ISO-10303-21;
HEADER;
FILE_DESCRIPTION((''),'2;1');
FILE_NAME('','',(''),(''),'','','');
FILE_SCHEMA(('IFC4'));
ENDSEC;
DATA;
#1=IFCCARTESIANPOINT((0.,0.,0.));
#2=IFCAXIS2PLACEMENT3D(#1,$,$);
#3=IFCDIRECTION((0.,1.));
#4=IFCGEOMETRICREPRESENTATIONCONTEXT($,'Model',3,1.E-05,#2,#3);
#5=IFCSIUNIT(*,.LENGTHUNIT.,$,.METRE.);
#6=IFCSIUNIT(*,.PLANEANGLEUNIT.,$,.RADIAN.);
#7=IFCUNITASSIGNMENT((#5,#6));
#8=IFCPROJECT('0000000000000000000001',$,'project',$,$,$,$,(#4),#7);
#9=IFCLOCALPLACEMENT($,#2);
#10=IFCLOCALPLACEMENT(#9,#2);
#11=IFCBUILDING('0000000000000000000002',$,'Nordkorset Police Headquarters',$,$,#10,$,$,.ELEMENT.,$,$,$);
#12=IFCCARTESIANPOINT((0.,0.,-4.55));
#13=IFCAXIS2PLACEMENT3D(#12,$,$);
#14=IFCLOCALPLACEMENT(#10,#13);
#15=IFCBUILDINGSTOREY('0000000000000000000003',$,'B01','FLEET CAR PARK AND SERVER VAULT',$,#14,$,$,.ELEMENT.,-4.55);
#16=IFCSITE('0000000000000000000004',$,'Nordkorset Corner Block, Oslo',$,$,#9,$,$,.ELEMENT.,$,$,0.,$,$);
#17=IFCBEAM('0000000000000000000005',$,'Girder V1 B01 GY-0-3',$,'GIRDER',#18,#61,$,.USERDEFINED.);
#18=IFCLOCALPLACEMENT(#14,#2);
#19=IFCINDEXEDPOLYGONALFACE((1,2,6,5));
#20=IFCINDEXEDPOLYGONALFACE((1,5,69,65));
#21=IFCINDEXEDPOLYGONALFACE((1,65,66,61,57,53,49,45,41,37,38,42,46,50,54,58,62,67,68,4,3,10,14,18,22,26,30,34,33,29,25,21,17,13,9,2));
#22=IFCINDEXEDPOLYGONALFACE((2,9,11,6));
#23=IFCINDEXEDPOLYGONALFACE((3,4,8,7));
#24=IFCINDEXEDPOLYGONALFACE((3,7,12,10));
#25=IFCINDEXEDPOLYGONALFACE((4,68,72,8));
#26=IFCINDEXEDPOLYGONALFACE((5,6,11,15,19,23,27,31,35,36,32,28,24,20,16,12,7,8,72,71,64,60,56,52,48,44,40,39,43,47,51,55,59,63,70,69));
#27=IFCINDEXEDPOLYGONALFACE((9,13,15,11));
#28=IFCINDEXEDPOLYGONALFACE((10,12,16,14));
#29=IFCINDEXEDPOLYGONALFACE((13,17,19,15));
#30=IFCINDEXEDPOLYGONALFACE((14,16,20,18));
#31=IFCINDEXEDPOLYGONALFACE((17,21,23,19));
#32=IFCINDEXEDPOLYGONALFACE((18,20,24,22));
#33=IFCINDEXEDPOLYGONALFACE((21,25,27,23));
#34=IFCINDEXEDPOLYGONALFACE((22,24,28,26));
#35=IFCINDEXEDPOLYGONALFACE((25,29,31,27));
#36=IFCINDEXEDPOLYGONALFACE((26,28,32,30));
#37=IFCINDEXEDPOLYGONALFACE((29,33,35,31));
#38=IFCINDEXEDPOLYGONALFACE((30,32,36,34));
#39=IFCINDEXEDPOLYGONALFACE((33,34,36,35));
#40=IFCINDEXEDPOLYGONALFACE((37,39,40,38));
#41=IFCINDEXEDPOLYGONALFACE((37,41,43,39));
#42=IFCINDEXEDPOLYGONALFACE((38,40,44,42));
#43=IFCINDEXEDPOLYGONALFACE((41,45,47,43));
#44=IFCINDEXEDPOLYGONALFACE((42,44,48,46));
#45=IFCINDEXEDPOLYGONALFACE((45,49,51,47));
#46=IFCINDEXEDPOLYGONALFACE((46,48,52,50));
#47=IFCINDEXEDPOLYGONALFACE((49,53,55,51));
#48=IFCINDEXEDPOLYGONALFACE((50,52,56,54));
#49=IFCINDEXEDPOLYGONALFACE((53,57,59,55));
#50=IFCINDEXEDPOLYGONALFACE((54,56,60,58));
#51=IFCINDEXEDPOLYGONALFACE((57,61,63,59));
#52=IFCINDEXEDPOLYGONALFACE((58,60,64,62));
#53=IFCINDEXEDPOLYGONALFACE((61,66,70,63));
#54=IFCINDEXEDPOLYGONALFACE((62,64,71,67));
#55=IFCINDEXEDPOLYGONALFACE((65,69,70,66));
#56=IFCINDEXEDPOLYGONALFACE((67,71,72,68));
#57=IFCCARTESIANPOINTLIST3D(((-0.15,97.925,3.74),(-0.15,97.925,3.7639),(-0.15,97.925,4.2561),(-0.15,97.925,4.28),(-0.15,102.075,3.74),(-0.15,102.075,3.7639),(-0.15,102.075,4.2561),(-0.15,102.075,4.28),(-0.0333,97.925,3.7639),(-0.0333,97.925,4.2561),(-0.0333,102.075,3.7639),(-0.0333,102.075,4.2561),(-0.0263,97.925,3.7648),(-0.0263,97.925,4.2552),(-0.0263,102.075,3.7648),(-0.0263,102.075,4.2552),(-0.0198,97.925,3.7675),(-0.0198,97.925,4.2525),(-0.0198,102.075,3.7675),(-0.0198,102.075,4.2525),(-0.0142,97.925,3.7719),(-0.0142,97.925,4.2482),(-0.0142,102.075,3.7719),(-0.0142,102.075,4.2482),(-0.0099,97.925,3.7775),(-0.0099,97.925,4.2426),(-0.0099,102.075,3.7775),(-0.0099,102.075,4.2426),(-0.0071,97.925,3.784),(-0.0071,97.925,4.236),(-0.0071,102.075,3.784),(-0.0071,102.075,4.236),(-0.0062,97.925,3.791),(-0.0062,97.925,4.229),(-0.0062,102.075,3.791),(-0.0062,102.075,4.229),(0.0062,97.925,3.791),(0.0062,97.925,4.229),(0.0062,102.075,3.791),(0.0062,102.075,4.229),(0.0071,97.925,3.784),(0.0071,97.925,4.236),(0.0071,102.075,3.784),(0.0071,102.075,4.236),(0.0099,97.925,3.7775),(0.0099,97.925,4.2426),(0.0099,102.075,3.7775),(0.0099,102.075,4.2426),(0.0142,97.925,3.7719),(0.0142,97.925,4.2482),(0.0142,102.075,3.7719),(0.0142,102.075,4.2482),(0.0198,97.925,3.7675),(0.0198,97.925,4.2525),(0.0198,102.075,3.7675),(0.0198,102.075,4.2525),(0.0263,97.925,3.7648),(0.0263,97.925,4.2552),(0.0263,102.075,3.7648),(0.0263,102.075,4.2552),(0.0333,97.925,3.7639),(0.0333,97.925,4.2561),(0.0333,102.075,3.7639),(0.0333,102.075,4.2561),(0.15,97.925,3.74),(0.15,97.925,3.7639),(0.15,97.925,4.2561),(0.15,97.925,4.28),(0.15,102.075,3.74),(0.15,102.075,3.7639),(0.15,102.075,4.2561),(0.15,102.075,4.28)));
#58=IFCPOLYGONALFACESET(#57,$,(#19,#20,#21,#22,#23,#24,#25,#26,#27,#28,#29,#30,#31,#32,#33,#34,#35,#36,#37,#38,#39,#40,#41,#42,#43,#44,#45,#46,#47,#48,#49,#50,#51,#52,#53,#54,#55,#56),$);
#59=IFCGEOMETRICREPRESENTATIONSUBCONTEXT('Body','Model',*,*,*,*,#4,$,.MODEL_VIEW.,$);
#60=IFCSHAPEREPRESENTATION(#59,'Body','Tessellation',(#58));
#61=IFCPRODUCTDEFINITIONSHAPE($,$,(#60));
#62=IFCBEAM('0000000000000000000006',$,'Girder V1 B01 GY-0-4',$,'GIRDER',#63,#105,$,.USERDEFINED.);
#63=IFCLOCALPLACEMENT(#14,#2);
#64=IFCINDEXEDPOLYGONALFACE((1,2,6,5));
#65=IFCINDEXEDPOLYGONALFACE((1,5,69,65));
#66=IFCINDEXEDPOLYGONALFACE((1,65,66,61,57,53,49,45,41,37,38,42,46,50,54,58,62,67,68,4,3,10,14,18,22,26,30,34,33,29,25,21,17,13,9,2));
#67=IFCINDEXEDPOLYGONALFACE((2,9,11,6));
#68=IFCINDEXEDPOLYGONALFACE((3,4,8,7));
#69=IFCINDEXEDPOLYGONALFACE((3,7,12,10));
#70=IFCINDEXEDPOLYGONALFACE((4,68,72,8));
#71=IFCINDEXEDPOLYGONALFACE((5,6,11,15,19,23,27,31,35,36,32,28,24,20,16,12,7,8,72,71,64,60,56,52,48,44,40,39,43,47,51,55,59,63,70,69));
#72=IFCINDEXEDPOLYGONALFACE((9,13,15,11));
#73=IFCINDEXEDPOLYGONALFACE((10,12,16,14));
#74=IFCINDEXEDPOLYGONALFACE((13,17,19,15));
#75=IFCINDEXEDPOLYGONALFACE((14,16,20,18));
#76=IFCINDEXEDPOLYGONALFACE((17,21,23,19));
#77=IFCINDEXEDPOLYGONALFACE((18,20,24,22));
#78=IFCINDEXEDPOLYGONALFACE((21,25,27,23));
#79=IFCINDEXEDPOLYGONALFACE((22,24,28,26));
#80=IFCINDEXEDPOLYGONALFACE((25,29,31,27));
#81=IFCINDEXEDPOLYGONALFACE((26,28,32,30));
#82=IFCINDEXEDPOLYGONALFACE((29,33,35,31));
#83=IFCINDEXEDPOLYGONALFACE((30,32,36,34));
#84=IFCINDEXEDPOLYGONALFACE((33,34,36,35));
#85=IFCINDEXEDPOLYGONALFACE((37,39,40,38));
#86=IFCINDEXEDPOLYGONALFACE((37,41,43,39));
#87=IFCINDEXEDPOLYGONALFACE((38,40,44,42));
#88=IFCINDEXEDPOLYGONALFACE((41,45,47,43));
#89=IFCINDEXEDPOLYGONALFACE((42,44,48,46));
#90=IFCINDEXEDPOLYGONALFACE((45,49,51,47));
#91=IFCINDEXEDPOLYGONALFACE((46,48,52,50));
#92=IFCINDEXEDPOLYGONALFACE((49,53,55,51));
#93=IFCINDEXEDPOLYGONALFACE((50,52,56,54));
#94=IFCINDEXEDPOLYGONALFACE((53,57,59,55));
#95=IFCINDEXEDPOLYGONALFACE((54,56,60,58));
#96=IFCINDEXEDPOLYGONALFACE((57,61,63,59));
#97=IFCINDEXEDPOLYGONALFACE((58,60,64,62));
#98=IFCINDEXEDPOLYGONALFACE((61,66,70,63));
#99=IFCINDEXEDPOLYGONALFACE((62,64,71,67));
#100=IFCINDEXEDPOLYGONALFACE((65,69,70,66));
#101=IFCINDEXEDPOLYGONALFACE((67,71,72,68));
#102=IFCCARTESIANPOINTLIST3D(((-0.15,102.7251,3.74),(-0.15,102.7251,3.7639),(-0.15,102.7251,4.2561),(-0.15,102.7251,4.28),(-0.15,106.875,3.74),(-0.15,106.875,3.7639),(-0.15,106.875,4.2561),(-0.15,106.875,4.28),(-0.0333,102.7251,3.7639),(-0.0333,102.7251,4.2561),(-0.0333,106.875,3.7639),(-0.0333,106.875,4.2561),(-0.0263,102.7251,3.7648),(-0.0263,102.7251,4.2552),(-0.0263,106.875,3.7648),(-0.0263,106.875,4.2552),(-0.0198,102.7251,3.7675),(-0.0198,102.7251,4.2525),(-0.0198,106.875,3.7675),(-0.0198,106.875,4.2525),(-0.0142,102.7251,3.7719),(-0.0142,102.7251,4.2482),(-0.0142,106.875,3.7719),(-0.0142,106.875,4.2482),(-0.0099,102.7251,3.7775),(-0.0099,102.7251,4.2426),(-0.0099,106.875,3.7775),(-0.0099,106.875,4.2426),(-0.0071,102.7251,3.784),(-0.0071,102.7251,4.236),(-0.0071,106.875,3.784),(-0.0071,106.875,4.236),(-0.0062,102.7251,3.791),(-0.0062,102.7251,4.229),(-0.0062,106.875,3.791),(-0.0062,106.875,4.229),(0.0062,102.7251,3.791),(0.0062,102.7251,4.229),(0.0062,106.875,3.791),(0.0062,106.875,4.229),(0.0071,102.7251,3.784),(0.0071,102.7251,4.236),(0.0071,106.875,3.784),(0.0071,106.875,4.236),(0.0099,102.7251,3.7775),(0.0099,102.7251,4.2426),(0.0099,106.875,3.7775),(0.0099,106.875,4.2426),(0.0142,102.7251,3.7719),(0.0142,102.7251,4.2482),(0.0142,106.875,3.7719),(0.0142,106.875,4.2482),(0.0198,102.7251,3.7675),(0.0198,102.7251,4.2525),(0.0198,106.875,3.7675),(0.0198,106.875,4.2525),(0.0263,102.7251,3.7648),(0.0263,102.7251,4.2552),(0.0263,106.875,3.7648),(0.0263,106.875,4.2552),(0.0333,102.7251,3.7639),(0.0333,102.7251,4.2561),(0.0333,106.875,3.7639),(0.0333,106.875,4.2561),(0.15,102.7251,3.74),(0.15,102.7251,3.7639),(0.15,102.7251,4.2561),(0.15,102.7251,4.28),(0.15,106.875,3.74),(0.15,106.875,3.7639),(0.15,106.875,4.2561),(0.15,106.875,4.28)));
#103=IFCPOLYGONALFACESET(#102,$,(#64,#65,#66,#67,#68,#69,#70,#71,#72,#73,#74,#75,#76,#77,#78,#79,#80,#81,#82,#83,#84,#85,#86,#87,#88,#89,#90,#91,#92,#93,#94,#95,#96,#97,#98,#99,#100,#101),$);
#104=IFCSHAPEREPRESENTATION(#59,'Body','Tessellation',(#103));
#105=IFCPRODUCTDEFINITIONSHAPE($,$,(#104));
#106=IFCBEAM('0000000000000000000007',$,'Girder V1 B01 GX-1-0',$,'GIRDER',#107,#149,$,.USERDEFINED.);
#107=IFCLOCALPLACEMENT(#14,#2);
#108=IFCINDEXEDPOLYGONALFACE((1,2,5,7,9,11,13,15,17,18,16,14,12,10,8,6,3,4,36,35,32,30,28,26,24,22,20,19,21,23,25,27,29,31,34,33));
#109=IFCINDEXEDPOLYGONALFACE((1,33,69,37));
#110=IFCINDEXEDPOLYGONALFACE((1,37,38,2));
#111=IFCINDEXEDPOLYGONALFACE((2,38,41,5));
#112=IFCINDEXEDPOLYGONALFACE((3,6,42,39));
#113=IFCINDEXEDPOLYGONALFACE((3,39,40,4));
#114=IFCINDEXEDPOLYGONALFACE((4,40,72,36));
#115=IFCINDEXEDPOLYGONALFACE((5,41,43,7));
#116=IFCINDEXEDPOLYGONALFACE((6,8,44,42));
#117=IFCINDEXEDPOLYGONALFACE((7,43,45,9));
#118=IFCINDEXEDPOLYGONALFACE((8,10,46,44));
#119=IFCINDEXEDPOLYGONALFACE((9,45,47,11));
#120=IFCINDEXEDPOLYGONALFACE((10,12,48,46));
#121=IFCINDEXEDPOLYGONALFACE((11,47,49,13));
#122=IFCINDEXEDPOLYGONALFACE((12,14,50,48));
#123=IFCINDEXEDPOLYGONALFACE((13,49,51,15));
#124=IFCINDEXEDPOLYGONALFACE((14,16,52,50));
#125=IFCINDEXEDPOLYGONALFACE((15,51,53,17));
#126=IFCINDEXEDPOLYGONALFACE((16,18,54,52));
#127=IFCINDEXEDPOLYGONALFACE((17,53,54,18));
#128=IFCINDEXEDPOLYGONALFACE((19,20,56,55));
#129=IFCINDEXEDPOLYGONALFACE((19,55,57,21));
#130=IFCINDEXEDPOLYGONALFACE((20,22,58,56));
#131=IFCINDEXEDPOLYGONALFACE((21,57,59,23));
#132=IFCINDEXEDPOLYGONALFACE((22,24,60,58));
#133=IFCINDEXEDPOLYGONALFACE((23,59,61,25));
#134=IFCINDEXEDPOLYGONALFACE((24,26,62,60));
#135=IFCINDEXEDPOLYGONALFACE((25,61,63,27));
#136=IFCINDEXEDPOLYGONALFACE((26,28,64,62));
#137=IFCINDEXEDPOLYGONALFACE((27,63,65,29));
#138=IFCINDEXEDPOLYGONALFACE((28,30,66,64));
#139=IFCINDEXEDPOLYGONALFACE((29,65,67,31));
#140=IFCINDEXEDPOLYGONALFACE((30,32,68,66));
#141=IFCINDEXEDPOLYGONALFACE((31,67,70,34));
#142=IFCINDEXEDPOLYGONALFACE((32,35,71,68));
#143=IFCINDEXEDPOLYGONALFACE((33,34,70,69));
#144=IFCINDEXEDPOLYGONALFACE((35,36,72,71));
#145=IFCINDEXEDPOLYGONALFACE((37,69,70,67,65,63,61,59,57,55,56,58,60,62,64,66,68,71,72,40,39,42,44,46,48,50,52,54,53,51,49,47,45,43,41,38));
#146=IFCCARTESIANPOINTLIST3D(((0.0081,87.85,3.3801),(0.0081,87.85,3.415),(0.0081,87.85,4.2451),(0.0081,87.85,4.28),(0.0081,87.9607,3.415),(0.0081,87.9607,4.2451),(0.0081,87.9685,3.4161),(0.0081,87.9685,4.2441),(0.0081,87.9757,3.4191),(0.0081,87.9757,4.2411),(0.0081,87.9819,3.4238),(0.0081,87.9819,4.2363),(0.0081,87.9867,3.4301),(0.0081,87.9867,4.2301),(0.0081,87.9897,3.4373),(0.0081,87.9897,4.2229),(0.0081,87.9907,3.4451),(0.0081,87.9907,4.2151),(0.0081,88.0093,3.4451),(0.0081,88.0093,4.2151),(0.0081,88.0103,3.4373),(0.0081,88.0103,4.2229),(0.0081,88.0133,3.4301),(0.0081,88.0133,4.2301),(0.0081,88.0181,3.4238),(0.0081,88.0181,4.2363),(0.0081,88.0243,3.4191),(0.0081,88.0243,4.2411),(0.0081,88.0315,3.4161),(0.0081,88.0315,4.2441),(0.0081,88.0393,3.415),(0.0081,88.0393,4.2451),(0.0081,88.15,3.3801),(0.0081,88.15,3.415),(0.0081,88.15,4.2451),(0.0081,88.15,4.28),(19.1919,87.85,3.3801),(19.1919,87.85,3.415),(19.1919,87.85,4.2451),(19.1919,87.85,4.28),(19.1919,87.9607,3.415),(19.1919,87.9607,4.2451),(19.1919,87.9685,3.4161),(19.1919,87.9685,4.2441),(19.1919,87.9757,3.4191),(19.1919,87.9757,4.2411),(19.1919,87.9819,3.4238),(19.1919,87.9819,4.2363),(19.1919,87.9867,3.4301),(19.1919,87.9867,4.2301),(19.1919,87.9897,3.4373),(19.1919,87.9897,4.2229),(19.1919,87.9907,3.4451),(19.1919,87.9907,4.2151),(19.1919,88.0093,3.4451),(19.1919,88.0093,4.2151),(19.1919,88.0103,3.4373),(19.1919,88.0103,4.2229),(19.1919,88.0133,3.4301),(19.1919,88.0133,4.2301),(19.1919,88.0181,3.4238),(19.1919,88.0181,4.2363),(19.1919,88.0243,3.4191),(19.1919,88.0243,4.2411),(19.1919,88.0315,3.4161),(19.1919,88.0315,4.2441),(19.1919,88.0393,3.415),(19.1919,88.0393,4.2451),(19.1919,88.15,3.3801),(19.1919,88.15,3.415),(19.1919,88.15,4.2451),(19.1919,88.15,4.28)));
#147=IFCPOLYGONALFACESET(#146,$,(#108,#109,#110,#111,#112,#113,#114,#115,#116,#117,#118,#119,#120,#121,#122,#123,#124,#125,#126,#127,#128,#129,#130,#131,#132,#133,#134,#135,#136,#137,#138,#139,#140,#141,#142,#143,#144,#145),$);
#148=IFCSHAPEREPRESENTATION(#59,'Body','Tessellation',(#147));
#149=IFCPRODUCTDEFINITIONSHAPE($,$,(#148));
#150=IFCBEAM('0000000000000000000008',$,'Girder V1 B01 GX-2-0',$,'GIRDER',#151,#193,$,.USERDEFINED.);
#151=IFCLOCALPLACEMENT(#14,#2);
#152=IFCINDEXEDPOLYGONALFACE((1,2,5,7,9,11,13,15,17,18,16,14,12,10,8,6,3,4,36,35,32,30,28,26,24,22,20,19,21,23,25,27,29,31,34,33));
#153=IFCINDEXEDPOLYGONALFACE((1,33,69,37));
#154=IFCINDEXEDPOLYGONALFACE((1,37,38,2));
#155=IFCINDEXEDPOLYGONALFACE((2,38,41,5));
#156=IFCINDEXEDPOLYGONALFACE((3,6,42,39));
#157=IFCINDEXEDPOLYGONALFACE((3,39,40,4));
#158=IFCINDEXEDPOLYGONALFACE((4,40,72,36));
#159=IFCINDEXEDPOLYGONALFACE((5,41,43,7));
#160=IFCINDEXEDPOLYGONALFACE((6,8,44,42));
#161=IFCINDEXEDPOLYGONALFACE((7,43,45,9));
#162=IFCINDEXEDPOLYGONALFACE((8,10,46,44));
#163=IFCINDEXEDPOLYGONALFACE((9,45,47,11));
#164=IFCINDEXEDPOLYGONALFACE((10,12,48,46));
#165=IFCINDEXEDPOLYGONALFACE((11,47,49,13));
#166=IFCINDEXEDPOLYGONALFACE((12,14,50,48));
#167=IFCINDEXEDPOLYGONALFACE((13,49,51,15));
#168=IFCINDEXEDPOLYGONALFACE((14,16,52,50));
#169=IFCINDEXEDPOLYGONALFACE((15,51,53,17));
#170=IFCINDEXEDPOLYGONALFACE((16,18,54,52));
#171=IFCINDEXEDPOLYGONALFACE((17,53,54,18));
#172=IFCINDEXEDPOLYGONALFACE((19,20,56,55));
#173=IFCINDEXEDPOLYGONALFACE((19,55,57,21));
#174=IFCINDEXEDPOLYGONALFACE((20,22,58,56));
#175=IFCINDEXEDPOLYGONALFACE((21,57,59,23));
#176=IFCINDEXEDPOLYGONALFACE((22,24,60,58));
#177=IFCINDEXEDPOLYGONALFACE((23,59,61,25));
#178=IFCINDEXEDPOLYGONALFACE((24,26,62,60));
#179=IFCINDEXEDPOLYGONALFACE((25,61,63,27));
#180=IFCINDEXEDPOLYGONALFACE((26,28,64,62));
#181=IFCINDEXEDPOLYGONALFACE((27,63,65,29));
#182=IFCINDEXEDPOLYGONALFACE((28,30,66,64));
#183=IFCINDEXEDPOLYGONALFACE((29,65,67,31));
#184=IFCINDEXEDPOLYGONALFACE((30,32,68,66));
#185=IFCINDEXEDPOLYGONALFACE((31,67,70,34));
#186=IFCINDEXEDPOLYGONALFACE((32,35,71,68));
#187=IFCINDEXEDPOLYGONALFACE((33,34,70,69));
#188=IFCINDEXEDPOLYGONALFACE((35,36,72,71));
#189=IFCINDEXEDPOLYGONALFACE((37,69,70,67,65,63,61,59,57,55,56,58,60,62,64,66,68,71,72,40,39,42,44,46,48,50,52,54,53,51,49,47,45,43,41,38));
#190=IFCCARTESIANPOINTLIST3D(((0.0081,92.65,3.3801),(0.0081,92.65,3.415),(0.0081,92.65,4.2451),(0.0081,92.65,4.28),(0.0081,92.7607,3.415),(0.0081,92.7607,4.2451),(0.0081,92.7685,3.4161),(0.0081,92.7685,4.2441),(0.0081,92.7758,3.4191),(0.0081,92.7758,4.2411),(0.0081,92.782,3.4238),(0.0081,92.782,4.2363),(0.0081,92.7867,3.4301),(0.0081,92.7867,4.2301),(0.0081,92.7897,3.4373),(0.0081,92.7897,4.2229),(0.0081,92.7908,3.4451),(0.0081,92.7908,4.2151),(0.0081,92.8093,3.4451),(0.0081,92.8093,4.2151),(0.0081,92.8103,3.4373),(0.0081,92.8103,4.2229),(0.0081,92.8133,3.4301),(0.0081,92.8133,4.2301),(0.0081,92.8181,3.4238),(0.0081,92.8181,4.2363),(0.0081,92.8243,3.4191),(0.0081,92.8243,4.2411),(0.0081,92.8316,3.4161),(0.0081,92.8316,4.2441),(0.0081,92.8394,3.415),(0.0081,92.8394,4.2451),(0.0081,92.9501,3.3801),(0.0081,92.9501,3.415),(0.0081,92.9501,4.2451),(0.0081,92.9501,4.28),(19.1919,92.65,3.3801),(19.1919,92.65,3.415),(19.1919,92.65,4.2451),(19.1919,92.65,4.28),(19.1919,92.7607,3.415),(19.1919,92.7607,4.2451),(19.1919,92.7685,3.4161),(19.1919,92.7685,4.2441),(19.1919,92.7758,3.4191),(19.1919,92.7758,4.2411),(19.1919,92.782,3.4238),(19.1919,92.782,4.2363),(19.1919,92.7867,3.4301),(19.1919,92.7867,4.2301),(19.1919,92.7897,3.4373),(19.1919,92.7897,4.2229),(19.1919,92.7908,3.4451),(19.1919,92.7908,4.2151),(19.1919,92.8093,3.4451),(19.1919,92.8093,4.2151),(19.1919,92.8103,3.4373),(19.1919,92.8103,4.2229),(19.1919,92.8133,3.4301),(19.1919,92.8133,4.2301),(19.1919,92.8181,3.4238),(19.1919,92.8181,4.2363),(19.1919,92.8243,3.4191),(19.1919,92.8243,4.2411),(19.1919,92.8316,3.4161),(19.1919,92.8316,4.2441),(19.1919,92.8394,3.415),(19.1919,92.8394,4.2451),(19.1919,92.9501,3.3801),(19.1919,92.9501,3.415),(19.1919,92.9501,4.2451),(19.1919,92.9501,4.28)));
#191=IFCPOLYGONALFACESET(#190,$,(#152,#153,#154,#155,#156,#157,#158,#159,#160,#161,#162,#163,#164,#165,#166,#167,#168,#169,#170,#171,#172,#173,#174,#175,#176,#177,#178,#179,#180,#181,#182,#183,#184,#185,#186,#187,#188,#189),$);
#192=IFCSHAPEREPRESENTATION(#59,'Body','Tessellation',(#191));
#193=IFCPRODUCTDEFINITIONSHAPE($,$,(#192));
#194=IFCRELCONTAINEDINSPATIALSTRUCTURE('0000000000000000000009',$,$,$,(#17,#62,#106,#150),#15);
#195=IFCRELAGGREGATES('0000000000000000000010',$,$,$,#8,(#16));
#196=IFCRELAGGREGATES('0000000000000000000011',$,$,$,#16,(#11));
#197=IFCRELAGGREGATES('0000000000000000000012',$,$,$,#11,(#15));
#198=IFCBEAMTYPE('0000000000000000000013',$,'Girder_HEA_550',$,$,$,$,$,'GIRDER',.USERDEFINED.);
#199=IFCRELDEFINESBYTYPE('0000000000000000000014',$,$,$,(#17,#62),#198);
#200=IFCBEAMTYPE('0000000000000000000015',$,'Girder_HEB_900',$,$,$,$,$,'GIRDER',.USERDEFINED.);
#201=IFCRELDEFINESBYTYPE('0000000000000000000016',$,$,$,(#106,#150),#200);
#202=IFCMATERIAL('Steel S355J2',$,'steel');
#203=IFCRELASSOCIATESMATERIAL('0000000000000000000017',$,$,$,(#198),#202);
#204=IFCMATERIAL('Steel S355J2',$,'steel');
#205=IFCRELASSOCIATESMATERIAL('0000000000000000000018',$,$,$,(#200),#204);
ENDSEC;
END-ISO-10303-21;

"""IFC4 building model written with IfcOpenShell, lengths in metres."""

from ifc_helpers import new_model, si_unit, direction, frame, origin, origin_2d, place, context, subcontext, project, spatial, i_section, extrude, material, material_profile, profile_set, type_object, element, save


model = new_model("IFC4")

# Units and contexts
model_context = context("Model", 3, precision=1e-05, world=origin(), true_north=direction((0.0, 1.0)))
body_context = subcontext(model_context, "Body", "Model", "MODEL_VIEW")
ifc_project = project(units=[si_unit("LENGTHUNIT", "METRE"), si_unit("PLANEANGLEUNIT", "RADIAN")], contexts=[model_context])

# Site, building, storey
site_placement = place(None, origin())
site = spatial("IfcSite", under=ifc_project, at=site_placement, Name="Nordkorset Corner Block, Oslo", CompositionType="ELEMENT", RefElevation=0.0)
building_placement = place(site_placement, origin())
building = spatial("IfcBuilding", under=site, at=building_placement, Name="Nordkorset Police Headquarters", CompositionType="ELEMENT")
storey_placement = place(building_placement, frame((0.0, 0.0, -4.55)))
storey = spatial("IfcBuildingStorey", under=building, at=storey_placement, Name="B01", Description="FLEET CAR PARK AND SERVER VAULT", CompositionType="ELEMENT", Elevation=-4.55)

# Beams
ifc_material_1 = material(Name="Steel S355J2", Category="steel")
ifc_material_profile_1 = material_profile(ifc_material_1, i_section(OverallWidth=0.3, OverallDepth=0.54, WebThickness=0.0125, FlangeThickness=0.0239, FilletRadius=0.0271, at=origin_2d()), Name="HEA 550")
ifc_profile_set_1 = profile_set([ifc_material_profile_1], Name="Steel S355J2")
beam_type_1 = type_object("IfcBeamType", Name="Girder_HEA_550", ElementType="GIRDER", PredefinedType="USERDEFINED", material=ifc_profile_set_1)
for number, where, z_axis, x_axis, name in (
    (1, (0.0, 97.925, 4.01), (0.0, 1.0, 0.0), (-1.0, 0.0, 0.0), "Girder V1 B01 GY-0-3"),
    (2, (0.0, 102.7251, 4.01), (0.0, 1.0, 0.0), (-1.0, 0.0, 0.0), "Girder V1 B01 GY-0-4"),
):
    element("IfcBeam", number, at=place(storey_placement, frame(where, z_axis=z_axis, x_axis=x_axis)), inside=storey, type_object=beam_type_1, Name=name, ObjectType="GIRDER", PredefinedType="USERDEFINED", context=body_context, shape_type="SweptSolid", body=[
        extrude(i_section(OverallWidth=0.3, OverallDepth=0.54, WebThickness=0.0125, FlangeThickness=0.0239, FilletRadius=0.0271, at=origin_2d()), origin(), (0.0, 0.0, 1.0), 4.1499),
    ])
ifc_material_2 = material(Name="Steel S355J2", Category="steel")
ifc_material_profile_2 = material_profile(ifc_material_2, i_section(OverallWidth=0.3, OverallDepth=0.8999, WebThickness=0.0186, FlangeThickness=0.0349, FilletRadius=0.03, at=origin_2d()), Name="HEB 900")
ifc_profile_set_2 = profile_set([ifc_material_profile_2], Name="Steel S355J2")
beam_type_2 = type_object("IfcBeamType", Name="Girder_HEB_900", ElementType="GIRDER", PredefinedType="USERDEFINED", material=ifc_profile_set_2)
for number, where, z_axis, x_axis, name in (
    (3, (0.0081, 88.0, 3.8301), (1.0, 0.0, 0.0), (0.0, 1.0, 0.0), "Girder V1 B01 GX-1-0"),
    (4, (0.0081, 92.8, 3.8301), (1.0, 0.0, 0.0), (0.0, 1.0, 0.0), "Girder V1 B01 GX-2-0"),
):
    element("IfcBeam", number, at=place(storey_placement, frame(where, z_axis=z_axis, x_axis=x_axis)), inside=storey, type_object=beam_type_2, Name=name, ObjectType="GIRDER", PredefinedType="USERDEFINED", context=body_context, shape_type="SweptSolid", body=[
        extrude(i_section(OverallWidth=0.3, OverallDepth=0.8999, WebThickness=0.0186, FlangeThickness=0.0349, FilletRadius=0.03, at=origin_2d()), origin(), (0.0, 0.0, 1.0), 19.1838),
    ])

save(model, "model.ifc")
